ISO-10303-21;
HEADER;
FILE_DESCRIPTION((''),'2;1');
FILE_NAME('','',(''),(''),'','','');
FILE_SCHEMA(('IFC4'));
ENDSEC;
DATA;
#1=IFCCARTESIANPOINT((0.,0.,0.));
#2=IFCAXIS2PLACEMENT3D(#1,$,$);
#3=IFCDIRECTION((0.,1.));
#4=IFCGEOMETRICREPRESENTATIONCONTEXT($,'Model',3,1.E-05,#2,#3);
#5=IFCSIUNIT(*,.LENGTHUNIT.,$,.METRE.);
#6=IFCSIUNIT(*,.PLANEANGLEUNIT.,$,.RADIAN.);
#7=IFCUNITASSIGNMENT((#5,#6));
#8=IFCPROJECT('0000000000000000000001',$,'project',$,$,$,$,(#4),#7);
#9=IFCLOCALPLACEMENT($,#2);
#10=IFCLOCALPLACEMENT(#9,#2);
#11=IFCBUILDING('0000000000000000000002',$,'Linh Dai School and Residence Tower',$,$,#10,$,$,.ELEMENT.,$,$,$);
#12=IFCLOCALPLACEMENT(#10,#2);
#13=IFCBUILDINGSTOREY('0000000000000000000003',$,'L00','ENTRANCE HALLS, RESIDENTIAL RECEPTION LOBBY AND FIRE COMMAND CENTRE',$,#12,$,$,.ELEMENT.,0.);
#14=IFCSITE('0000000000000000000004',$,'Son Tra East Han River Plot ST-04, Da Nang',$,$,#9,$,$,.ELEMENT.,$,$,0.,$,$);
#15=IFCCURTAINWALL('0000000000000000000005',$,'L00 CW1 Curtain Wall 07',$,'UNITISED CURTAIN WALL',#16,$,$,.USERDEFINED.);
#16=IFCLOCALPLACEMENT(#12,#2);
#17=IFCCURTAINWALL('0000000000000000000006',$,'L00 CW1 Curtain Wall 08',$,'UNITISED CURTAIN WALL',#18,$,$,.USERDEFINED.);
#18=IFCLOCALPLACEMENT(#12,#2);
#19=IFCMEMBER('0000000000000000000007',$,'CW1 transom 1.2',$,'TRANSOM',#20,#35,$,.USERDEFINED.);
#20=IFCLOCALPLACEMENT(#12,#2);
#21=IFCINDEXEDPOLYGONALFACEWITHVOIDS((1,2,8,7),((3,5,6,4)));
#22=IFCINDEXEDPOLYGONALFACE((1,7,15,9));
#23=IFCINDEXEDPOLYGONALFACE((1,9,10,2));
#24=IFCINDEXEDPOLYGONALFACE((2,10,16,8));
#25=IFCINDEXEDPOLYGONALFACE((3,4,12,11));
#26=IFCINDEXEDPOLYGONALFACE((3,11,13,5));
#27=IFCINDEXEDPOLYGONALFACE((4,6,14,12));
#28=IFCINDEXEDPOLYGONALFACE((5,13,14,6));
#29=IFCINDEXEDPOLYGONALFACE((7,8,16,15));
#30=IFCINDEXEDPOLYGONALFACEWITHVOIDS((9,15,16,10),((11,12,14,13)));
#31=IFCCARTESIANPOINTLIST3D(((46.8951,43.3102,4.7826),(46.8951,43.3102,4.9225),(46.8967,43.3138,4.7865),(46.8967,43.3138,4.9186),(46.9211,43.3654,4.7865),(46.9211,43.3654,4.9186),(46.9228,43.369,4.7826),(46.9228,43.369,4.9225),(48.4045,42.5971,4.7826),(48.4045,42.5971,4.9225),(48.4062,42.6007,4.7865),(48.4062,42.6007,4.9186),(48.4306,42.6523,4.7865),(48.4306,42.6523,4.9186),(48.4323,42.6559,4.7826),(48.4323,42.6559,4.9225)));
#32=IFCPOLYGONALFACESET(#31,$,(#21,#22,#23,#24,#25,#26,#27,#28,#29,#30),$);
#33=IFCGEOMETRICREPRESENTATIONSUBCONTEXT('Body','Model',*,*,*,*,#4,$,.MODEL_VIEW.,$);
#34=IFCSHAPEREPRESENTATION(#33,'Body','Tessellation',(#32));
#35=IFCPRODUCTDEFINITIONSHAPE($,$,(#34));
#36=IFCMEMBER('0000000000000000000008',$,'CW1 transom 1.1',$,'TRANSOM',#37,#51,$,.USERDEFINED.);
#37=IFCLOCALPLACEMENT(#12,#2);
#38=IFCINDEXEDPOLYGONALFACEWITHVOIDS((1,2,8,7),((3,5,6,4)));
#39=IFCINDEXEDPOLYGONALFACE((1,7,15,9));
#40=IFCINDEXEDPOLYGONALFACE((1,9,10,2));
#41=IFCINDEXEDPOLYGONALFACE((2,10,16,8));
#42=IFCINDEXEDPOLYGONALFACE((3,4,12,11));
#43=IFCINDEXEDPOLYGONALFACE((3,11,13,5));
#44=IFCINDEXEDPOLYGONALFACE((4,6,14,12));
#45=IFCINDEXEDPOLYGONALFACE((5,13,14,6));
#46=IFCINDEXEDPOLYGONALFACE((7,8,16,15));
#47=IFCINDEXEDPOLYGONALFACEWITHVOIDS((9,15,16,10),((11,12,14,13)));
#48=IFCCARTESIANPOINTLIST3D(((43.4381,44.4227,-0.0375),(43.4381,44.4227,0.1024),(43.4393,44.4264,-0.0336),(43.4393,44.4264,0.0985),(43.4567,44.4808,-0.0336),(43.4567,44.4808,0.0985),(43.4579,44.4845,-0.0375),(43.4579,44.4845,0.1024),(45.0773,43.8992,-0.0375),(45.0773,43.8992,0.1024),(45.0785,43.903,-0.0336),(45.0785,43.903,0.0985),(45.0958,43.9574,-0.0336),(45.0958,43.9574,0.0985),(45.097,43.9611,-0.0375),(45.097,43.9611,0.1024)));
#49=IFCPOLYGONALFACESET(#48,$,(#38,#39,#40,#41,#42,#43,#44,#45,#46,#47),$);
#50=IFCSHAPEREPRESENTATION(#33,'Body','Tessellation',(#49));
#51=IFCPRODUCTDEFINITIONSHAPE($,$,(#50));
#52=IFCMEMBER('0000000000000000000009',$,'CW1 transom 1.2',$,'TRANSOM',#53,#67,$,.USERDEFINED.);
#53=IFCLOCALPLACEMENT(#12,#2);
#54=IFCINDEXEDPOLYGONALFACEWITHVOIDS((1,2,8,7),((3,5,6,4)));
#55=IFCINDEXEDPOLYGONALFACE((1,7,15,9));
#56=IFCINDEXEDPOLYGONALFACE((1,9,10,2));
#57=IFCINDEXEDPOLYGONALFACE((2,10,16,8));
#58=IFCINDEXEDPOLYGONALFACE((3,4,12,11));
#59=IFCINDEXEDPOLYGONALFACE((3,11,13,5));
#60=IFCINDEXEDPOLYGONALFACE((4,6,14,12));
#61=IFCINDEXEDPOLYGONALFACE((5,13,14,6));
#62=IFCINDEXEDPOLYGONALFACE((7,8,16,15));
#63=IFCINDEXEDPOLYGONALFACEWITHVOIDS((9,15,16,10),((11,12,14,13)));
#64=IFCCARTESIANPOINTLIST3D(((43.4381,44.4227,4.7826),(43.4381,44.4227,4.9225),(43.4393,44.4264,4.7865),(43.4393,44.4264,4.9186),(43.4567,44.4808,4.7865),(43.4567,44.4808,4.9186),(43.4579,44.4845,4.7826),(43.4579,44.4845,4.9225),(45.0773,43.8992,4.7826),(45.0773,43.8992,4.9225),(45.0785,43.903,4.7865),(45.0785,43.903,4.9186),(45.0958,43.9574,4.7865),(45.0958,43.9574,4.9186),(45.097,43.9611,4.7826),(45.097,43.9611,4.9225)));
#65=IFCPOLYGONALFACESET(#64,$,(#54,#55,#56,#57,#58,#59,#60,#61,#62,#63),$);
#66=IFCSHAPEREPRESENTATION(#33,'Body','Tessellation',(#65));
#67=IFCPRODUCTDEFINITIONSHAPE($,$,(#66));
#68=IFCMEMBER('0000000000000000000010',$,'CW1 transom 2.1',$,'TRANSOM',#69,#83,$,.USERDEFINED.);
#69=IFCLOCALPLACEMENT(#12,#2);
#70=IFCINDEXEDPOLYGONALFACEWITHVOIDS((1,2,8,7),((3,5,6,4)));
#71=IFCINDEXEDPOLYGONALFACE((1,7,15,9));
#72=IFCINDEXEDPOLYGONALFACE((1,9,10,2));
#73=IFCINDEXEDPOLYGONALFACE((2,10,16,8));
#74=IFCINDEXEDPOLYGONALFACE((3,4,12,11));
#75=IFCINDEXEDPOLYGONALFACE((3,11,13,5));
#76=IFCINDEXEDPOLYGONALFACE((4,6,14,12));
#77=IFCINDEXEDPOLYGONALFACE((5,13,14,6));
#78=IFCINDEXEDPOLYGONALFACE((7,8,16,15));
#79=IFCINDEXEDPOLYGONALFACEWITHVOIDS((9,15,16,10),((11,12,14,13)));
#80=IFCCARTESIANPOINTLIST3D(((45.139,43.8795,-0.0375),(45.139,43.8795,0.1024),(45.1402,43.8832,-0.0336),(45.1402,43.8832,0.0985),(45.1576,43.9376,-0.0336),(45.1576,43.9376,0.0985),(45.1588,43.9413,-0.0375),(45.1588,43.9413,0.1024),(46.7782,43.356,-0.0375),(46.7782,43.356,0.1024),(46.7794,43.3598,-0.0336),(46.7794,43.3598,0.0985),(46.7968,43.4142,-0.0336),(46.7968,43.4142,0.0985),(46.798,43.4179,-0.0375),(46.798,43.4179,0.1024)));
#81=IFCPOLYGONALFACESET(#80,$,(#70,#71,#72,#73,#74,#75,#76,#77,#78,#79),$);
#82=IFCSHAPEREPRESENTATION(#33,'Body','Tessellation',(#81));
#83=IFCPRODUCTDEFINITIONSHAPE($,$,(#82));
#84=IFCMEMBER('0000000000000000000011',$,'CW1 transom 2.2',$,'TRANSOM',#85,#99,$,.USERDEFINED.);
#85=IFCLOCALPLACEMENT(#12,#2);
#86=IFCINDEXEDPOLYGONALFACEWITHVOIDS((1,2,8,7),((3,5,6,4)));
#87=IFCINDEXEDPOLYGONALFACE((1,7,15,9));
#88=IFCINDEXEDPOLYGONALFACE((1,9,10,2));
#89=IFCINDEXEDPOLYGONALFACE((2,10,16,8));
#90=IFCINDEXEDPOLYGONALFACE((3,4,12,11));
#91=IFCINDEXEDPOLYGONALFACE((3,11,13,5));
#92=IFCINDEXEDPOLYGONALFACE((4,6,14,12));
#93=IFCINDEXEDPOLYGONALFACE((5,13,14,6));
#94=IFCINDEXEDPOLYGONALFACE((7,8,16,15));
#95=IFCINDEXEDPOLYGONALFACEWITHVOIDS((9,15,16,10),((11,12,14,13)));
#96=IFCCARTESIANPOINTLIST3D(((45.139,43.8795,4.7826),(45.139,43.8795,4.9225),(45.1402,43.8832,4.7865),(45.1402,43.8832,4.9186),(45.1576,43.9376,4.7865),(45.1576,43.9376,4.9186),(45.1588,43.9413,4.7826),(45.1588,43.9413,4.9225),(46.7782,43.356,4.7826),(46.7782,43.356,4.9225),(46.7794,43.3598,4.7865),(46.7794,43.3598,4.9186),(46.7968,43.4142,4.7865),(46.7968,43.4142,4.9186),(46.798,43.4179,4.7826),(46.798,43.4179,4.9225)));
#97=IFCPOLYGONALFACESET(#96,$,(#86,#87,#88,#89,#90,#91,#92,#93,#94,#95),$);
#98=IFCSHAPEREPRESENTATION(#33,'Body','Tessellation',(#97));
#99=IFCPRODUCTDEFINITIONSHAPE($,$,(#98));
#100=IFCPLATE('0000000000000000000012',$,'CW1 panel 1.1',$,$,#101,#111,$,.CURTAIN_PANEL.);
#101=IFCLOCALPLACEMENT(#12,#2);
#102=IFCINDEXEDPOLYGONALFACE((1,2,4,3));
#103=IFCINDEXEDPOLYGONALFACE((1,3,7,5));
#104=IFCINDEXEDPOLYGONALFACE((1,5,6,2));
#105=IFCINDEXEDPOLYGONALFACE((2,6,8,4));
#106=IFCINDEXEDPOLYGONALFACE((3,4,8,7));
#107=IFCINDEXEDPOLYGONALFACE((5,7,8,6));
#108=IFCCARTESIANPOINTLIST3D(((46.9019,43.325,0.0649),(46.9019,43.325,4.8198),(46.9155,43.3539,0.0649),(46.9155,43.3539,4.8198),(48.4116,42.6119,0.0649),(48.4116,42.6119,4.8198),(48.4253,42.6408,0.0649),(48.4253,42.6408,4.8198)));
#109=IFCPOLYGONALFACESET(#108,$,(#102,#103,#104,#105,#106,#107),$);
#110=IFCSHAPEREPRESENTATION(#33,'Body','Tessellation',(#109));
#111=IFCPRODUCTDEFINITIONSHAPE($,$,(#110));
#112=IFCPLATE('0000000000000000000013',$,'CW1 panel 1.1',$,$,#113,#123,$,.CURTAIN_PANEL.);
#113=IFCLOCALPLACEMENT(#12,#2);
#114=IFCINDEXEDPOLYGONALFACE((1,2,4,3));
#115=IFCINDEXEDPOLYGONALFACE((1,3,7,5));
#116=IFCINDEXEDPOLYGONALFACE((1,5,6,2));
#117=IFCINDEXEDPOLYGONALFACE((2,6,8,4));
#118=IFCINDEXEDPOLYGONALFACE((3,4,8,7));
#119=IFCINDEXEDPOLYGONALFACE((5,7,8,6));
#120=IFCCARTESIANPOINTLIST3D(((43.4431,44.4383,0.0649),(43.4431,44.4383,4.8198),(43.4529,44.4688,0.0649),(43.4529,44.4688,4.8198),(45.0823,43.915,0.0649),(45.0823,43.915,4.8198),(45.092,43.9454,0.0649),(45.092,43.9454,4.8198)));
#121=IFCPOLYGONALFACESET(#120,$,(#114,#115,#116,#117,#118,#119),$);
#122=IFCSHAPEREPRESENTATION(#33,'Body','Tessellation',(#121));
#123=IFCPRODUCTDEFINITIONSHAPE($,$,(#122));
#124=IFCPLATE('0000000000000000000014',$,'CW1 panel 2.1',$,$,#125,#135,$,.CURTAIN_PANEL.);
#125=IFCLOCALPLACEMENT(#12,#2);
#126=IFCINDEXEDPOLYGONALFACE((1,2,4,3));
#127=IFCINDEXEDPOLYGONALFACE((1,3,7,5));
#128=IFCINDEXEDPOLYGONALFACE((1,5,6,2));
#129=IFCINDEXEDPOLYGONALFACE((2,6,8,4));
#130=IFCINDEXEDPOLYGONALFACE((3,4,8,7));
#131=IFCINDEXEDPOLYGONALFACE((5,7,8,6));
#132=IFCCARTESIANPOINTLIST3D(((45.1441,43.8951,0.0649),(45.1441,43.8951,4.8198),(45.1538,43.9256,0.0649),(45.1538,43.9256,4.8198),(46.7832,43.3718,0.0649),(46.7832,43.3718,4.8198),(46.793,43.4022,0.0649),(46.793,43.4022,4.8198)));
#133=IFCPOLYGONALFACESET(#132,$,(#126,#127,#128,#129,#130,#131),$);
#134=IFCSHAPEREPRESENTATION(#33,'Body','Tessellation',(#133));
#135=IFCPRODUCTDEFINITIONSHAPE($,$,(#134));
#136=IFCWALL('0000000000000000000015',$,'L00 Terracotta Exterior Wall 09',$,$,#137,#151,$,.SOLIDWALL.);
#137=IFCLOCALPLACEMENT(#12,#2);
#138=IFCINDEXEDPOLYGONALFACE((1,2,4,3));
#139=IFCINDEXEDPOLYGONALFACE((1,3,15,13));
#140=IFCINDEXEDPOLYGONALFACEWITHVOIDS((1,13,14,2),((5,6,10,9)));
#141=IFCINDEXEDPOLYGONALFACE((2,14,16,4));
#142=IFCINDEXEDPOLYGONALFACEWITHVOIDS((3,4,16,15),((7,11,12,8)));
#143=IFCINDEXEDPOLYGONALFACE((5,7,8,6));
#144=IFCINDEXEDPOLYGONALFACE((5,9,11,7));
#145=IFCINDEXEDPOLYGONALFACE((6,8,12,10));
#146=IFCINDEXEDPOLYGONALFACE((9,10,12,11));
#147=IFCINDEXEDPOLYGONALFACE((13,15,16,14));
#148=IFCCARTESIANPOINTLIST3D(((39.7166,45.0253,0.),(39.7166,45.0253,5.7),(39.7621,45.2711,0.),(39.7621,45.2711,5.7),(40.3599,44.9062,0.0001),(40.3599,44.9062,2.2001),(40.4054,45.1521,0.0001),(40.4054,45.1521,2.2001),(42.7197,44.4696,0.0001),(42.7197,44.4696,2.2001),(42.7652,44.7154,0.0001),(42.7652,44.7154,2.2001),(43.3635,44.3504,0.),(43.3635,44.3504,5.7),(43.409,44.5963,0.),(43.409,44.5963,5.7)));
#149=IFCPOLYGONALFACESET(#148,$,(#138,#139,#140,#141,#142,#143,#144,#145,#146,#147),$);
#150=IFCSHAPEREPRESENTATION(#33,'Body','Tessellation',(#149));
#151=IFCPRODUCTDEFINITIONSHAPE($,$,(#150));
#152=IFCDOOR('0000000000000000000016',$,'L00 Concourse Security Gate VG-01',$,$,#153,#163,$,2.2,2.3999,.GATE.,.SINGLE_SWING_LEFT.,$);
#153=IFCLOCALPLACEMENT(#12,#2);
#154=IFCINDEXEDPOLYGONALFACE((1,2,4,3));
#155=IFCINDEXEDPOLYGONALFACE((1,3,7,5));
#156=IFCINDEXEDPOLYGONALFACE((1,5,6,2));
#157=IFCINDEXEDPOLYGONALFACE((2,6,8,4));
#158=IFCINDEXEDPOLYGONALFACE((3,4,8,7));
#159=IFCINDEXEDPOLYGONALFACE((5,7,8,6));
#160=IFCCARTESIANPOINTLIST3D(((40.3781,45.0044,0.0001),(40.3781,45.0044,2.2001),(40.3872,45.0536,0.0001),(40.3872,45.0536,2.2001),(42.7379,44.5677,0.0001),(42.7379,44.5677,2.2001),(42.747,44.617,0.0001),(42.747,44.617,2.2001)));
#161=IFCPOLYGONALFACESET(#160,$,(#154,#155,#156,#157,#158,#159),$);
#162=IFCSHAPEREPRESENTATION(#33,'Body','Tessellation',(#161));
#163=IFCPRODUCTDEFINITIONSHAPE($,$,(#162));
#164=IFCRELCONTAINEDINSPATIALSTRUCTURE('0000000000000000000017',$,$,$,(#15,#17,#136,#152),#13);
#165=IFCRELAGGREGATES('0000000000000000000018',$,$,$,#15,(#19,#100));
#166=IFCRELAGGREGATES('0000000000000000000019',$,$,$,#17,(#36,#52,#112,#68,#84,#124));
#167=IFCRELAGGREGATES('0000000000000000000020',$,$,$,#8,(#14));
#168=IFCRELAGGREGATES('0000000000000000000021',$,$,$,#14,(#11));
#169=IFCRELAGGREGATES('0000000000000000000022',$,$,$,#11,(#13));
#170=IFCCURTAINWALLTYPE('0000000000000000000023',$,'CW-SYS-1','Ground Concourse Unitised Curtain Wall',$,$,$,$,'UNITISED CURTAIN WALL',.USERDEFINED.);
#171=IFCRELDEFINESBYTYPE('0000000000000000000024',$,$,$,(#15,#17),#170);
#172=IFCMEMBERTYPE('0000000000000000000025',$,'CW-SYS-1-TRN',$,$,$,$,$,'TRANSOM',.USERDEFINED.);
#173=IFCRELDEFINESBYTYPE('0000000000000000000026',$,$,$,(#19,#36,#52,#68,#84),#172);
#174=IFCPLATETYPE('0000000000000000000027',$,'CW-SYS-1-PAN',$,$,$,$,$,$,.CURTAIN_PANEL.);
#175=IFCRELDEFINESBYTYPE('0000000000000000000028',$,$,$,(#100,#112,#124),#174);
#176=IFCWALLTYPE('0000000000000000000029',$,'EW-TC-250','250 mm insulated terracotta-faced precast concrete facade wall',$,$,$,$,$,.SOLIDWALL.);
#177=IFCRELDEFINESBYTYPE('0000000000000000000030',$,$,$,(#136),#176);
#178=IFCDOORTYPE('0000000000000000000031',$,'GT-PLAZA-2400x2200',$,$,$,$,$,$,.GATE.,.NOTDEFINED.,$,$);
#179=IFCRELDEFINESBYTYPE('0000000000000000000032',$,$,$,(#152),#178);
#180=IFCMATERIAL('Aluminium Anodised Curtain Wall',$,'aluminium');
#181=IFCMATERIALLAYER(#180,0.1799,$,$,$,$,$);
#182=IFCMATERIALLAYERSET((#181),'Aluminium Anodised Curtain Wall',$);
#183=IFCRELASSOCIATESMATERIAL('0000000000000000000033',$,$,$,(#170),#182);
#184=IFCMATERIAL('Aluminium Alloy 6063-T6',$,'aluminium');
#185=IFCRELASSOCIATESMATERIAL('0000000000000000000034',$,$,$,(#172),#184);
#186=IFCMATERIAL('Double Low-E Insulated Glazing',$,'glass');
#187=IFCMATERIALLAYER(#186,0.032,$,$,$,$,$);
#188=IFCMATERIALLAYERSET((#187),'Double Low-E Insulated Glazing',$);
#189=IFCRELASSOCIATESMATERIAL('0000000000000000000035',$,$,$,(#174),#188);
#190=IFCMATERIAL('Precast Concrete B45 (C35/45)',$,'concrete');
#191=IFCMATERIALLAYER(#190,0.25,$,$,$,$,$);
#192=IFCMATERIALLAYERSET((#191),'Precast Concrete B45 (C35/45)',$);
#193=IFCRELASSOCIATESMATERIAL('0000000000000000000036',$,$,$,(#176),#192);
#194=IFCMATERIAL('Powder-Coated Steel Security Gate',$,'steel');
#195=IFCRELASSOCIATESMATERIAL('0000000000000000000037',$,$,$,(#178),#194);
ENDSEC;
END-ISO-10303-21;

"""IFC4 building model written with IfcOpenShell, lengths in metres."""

from ifc_helpers import new_model, si_unit, direction, frame, frame_2d, origin, origin_2d, place, context, subcontext, project, spatial, rectangle, hollow_rectangle, extrude, source, transform, mapped, material, layer, layer_set, material_profile, profile_set, type_object, element, fill, aggregate, save


model = new_model("IFC4")

# Units and contexts
model_context = context("Model", 3, precision=1e-05, world=origin(), true_north=direction((0.0, 1.0)))
body_context = subcontext(model_context, "Body", "Model", "MODEL_VIEW")
ifc_project = project(units=[si_unit("LENGTHUNIT", "METRE"), si_unit("PLANEANGLEUNIT", "RADIAN")], contexts=[model_context])

# Site, building, storey
site_placement = place(None, origin())
site = spatial("IfcSite", under=ifc_project, at=site_placement, Name="Son Tra East Han River Plot ST-04, Da Nang", CompositionType="ELEMENT", RefElevation=0.0)
building_placement = place(site_placement, origin())
building = spatial("IfcBuilding", under=site, at=building_placement, Name="Linh Dai School and Residence Tower", CompositionType="ELEMENT")
storey_placement = place(building_placement, origin())
storey = spatial("IfcBuildingStorey", under=building, at=storey_placement, Name="L00", Description="ENTRANCE HALLS, RESIDENTIAL RECEPTION LOBBY AND FIRE COMMAND CENTRE", CompositionType="ELEMENT", Elevation=0.0)

# Curtain wall
ifc_material_1 = material(Name="Aluminium Anodised Curtain Wall", Category="aluminium")
ifc_layer_1 = layer(ifc_material_1, 0.1799)
ifc_layer_set_1 = layer_set([ifc_layer_1], Name="Aluminium Anodised Curtain Wall")
curtain_wall_type = type_object("IfcCurtainWallType", Name="CW-SYS-1", Description="Ground Concourse Unitised Curtain Wall", ElementType="UNITISED CURTAIN WALL", PredefinedType="USERDEFINED", material=ifc_layer_set_1)
curtain_wall_1_placement = place(storey_placement, origin())
curtain_wall_1 = element("IfcCurtainWall", 1, at=curtain_wall_1_placement, inside=storey, type_object=curtain_wall_type, Name="L00 CW1 Curtain Wall 07", ObjectType="UNITISED CURTAIN WALL", PredefinedType="USERDEFINED")
ifc_material_2 = material(Name="Aluminium Alloy 6063-T6", Category="aluminium")

# Curtain wall
curtain_wall_2_placement = place(storey_placement, origin())
curtain_wall_2 = element("IfcCurtainWall", 2, at=curtain_wall_2_placement, inside=storey, type_object=curtain_wall_type, Name="L00 CW1 Curtain Wall 08", ObjectType="UNITISED CURTAIN WALL", PredefinedType="USERDEFINED")

# Members
ifc_material_profile_1 = material_profile(ifc_material_2, hollow_rectangle(XDim=0.0649, YDim=0.1399, WallThickness=0.0039, at=origin_2d()), Name="RHS 140x65x4")
ifc_profile_set_1 = profile_set([ifc_material_profile_1], Name="Aluminium Alloy 6063-T6")
member_type_1 = type_object("IfcMemberType", Name="CW-SYS-1-TRN", ElementType="TRANSOM", PredefinedType="USERDEFINED", material=ifc_profile_set_1)
shared_shape_1 = source(origin(), body_context, "Body", "SweptSolid", [
    extrude(hollow_rectangle(XDim=0.0649, YDim=0.1399, WallThickness=0.0039, at=origin_2d()), origin(), (0.0, 0.0, 1.0), 1.6694),
])
member_1_placement = place(storey_placement, frame((46.9089, 43.3396, 4.8525), z_axis=(0.904178, -0.427156, 0.0), x_axis=(0.427156, 0.904178, 0.0)))
member_1 = element("IfcMember", 3, at=member_1_placement, type_object=member_type_1, Name="CW1 transom 1.2", ObjectType="TRANSOM", PredefinedType="USERDEFINED", context=body_context, shape_type="MappedRepresentation", body=[
    mapped(shared_shape_1, transform((0.0, 0.0, 0.0), x_axis=(1.0, 0.0, 0.0), y_axis=(0.0, 1.0, 0.0), z_axis=(0.0, 0.0, 1.0), scale=1.0)),
])
shared_shape_2 = source(origin(), body_context, "Body", "SweptSolid", [
    extrude(hollow_rectangle(XDim=0.0649, YDim=0.1399, WallThickness=0.0039, at=origin_2d()), origin(), (0.0, 0.0, 1.0), 1.7207),
])
member_2_placement = place(storey_placement, frame((43.448, 44.4536, 0.0325), z_axis=(0.952608, -0.304199, 0.0), x_axis=(0.304199, 0.952608, 0.0)))
member_2 = element("IfcMember", 4, at=member_2_placement, type_object=member_type_1, Name="CW1 transom 1.1", ObjectType="TRANSOM", PredefinedType="USERDEFINED", context=body_context, shape_type="MappedRepresentation", body=[
    mapped(shared_shape_2, transform((0.0, 0.0, 0.0), x_axis=(1.0, 0.0, 0.0), y_axis=(0.0, 1.0, 0.0), z_axis=(0.0, 0.0, 1.0), scale=1.0)),
])
member_3_placement = place(storey_placement, frame((43.448, 44.4536, 4.8525), z_axis=(0.952608, -0.304199, 0.0), x_axis=(0.304199, 0.952608, 0.0)))
member_3 = element("IfcMember", 5, at=member_3_placement, type_object=member_type_1, Name="CW1 transom 1.2", ObjectType="TRANSOM", PredefinedType="USERDEFINED", context=body_context, shape_type="MappedRepresentation", body=[
    mapped(shared_shape_2, transform((0.0, 0.0, 0.0), x_axis=(1.0, 0.0, 0.0), y_axis=(0.0, 1.0, 0.0), z_axis=(0.0, 0.0, 1.0), scale=1.0)),
])
member_4_placement = place(storey_placement, frame((45.1489, 43.9104, 0.0325), z_axis=(0.952608, -0.304199, 0.0), x_axis=(0.304199, 0.952608, 0.0)))
member_4 = element("IfcMember", 6, at=member_4_placement, type_object=member_type_1, Name="CW1 transom 2.1", ObjectType="TRANSOM", PredefinedType="USERDEFINED", context=body_context, shape_type="MappedRepresentation", body=[
    mapped(shared_shape_2, transform((0.0, 0.0, 0.0), x_axis=(1.0, 0.0, 0.0), y_axis=(0.0, 1.0, 0.0), z_axis=(0.0, 0.0, 1.0), scale=1.0)),
])
member_5_placement = place(storey_placement, frame((45.1489, 43.9104, 4.8525), z_axis=(0.952608, -0.304199, 0.0), x_axis=(0.304199, 0.952608, 0.0)))
member_5 = element("IfcMember", 7, at=member_5_placement, type_object=member_type_1, Name="CW1 transom 2.2", ObjectType="TRANSOM", PredefinedType="USERDEFINED", context=body_context, shape_type="MappedRepresentation", body=[
    mapped(shared_shape_2, transform((0.0, 0.0, 0.0), x_axis=(1.0, 0.0, 0.0), y_axis=(0.0, 1.0, 0.0), z_axis=(0.0, 0.0, 1.0), scale=1.0)),
])

# Plates
ifc_material_3 = material(Name="Double Low-E Insulated Glazing", Category="glass")
ifc_layer_2 = layer(ifc_material_3, 0.032)
ifc_layer_set_2 = layer_set([ifc_layer_2], Name="Double Low-E Insulated Glazing")
plate_type = type_object("IfcPlateType", Name="CW-SYS-1-PAN", PredefinedType="CURTAIN_PANEL", material=ifc_layer_set_2)
shared_shape_3 = source(origin(), body_context, "Body", "SweptSolid", [
    extrude(rectangle(XDim=1.6697, YDim=0.032, at=origin_2d()), origin(), (0.0, 0.0, 1.0), 4.7549),
])
plate_1_placement = place(storey_placement, frame((47.6636, 42.9829, 0.0649), z_axis=(0.0, 0.0, 1.0), x_axis=(0.904201, -0.427108, 0.0)))
plate_1 = element("IfcPlate", 8, at=plate_1_placement, type_object=plate_type, Name="CW1 panel 1.1", PredefinedType="CURTAIN_PANEL", context=body_context, shape_type="MappedRepresentation", body=[
    mapped(shared_shape_3, transform((0.0, 0.0, 0.0), x_axis=(1.0, 0.0, 0.0), y_axis=(0.0, 1.0, 0.0), z_axis=(0.0, 0.0, 1.0), scale=1.0)),
])
aggregate(curtain_wall_1, [member_1, plate_1])
shared_shape_4 = source(origin(), body_context, "Body", "SweptSolid", [
    extrude(rectangle(XDim=1.7207, YDim=0.032, at=origin_2d()), origin(), (0.0, 0.0, 1.0), 4.7549),
])
plate_2_placement = place(storey_placement, frame((44.2676, 44.1919, 0.0649), z_axis=(0.0, 0.0, 1.0), x_axis=(0.952621, -0.30416, 0.0)))
plate_2 = element("IfcPlate", 9, at=plate_2_placement, type_object=plate_type, Name="CW1 panel 1.1", PredefinedType="CURTAIN_PANEL", context=body_context, shape_type="MappedRepresentation", body=[
    mapped(shared_shape_4, transform((0.0, 0.0, 0.0), x_axis=(1.0, 0.0, 0.0), y_axis=(0.0, 1.0, 0.0), z_axis=(0.0, 0.0, 1.0), scale=1.0)),
])
plate_3_placement = place(storey_placement, frame((45.9685, 43.6487, 0.0649), z_axis=(0.0, 0.0, 1.0), x_axis=(0.952621, -0.30416, 0.0)))
plate_3 = element("IfcPlate", 10, at=plate_3_placement, type_object=plate_type, Name="CW1 panel 2.1", PredefinedType="CURTAIN_PANEL", context=body_context, shape_type="MappedRepresentation", body=[
    mapped(shared_shape_4, transform((0.0, 0.0, 0.0), x_axis=(1.0, 0.0, 0.0), y_axis=(0.0, 1.0, 0.0), z_axis=(0.0, 0.0, 1.0), scale=1.0)),
])
aggregate(curtain_wall_2, [member_2, member_3, plate_2, member_4, member_5, plate_3])

# Wall, opening, door
ifc_material_4 = material(Name="Precast Concrete B45 (C35/45)", Category="concrete")
ifc_layer_3 = layer(ifc_material_4, 0.25)
ifc_layer_set_3 = layer_set([ifc_layer_3], Name="Precast Concrete B45 (C35/45)")
wall_type_1 = type_object("IfcWallType", Name="EW-TC-250", Description="250 mm insulated terracotta-faced precast concrete facade wall", PredefinedType="SOLIDWALL", material=ifc_layer_set_3)
wall_1_placement = place(storey_placement, frame((39.7393, 45.1482, 0.0), z_axis=(0.0, 0.0, 1.0), x_axis=(0.983307, -0.181955, 0.0)))
wall_1 = element("IfcWall", 11, at=wall_1_placement, inside=storey, type_object=wall_type_1, Name="L00 Terracotta Exterior Wall 09", PredefinedType="SOLIDWALL", context=body_context, shape_type="SweptSolid", body=[
    extrude(rectangle(XDim=3.7087, YDim=0.25, at=frame_2d((1.8545, 0.0))), origin(), (0.0, 0.0, 1.0), 5.7),
])
opening_1_placement = place(wall_1_placement, frame((0.6543, 0.0, 0.0)))
opening_1 = element("IfcOpeningElement", 12, at=opening_1_placement, cuts=wall_1, PredefinedType="OPENING", context=body_context, shape_type="SweptSolid", body=[
    extrude(rectangle(XDim=2.3999, YDim=2.2, at=origin_2d()), frame((1.2, 0.135, 1.1001), z_axis=(0.0, -1.0, 0.0), x_axis=(1.0, 0.0, 0.0)), (0.0, 0.0, 1.0), 0.27),
])
ifc_material_5 = material(Name="Powder-Coated Steel Security Gate", Category="steel")
door_type_1 = type_object("IfcDoorType", Name="GT-PLAZA-2400x2200", OperationType="NOTDEFINED", PredefinedType="GATE", material=ifc_material_5)
shared_shape_5 = source(origin(), body_context, "Body", "SweptSolid", [
    extrude(rectangle(XDim=2.3999, YDim=2.2, at=origin_2d()), frame((1.2, 0.0249, 1.1001), z_axis=(0.0, -1.0, 0.0), x_axis=(1.0, 0.0, 0.0)), (0.0, 0.0, 1.0), 0.05),
])
door_1_placement = place(opening_1_placement, origin())
door_1 = element("IfcDoor", 13, at=door_1_placement, inside=storey, type_object=door_type_1, Name="L00 Concourse Security Gate VG-01", OperationType="SINGLE_SWING_LEFT", OverallHeight=2.2, OverallWidth=2.3999, PredefinedType="GATE", context=body_context, shape_type="MappedRepresentation", body=[
    mapped(shared_shape_5, transform((0.0, 0.0, 0.0), x_axis=(1.0, 0.0, 0.0), y_axis=(0.0, 1.0, 0.0), z_axis=(0.0, 0.0, 1.0), scale=1.0)),
])
fill(opening_1, door_1)

save(model, "model.ifc")
